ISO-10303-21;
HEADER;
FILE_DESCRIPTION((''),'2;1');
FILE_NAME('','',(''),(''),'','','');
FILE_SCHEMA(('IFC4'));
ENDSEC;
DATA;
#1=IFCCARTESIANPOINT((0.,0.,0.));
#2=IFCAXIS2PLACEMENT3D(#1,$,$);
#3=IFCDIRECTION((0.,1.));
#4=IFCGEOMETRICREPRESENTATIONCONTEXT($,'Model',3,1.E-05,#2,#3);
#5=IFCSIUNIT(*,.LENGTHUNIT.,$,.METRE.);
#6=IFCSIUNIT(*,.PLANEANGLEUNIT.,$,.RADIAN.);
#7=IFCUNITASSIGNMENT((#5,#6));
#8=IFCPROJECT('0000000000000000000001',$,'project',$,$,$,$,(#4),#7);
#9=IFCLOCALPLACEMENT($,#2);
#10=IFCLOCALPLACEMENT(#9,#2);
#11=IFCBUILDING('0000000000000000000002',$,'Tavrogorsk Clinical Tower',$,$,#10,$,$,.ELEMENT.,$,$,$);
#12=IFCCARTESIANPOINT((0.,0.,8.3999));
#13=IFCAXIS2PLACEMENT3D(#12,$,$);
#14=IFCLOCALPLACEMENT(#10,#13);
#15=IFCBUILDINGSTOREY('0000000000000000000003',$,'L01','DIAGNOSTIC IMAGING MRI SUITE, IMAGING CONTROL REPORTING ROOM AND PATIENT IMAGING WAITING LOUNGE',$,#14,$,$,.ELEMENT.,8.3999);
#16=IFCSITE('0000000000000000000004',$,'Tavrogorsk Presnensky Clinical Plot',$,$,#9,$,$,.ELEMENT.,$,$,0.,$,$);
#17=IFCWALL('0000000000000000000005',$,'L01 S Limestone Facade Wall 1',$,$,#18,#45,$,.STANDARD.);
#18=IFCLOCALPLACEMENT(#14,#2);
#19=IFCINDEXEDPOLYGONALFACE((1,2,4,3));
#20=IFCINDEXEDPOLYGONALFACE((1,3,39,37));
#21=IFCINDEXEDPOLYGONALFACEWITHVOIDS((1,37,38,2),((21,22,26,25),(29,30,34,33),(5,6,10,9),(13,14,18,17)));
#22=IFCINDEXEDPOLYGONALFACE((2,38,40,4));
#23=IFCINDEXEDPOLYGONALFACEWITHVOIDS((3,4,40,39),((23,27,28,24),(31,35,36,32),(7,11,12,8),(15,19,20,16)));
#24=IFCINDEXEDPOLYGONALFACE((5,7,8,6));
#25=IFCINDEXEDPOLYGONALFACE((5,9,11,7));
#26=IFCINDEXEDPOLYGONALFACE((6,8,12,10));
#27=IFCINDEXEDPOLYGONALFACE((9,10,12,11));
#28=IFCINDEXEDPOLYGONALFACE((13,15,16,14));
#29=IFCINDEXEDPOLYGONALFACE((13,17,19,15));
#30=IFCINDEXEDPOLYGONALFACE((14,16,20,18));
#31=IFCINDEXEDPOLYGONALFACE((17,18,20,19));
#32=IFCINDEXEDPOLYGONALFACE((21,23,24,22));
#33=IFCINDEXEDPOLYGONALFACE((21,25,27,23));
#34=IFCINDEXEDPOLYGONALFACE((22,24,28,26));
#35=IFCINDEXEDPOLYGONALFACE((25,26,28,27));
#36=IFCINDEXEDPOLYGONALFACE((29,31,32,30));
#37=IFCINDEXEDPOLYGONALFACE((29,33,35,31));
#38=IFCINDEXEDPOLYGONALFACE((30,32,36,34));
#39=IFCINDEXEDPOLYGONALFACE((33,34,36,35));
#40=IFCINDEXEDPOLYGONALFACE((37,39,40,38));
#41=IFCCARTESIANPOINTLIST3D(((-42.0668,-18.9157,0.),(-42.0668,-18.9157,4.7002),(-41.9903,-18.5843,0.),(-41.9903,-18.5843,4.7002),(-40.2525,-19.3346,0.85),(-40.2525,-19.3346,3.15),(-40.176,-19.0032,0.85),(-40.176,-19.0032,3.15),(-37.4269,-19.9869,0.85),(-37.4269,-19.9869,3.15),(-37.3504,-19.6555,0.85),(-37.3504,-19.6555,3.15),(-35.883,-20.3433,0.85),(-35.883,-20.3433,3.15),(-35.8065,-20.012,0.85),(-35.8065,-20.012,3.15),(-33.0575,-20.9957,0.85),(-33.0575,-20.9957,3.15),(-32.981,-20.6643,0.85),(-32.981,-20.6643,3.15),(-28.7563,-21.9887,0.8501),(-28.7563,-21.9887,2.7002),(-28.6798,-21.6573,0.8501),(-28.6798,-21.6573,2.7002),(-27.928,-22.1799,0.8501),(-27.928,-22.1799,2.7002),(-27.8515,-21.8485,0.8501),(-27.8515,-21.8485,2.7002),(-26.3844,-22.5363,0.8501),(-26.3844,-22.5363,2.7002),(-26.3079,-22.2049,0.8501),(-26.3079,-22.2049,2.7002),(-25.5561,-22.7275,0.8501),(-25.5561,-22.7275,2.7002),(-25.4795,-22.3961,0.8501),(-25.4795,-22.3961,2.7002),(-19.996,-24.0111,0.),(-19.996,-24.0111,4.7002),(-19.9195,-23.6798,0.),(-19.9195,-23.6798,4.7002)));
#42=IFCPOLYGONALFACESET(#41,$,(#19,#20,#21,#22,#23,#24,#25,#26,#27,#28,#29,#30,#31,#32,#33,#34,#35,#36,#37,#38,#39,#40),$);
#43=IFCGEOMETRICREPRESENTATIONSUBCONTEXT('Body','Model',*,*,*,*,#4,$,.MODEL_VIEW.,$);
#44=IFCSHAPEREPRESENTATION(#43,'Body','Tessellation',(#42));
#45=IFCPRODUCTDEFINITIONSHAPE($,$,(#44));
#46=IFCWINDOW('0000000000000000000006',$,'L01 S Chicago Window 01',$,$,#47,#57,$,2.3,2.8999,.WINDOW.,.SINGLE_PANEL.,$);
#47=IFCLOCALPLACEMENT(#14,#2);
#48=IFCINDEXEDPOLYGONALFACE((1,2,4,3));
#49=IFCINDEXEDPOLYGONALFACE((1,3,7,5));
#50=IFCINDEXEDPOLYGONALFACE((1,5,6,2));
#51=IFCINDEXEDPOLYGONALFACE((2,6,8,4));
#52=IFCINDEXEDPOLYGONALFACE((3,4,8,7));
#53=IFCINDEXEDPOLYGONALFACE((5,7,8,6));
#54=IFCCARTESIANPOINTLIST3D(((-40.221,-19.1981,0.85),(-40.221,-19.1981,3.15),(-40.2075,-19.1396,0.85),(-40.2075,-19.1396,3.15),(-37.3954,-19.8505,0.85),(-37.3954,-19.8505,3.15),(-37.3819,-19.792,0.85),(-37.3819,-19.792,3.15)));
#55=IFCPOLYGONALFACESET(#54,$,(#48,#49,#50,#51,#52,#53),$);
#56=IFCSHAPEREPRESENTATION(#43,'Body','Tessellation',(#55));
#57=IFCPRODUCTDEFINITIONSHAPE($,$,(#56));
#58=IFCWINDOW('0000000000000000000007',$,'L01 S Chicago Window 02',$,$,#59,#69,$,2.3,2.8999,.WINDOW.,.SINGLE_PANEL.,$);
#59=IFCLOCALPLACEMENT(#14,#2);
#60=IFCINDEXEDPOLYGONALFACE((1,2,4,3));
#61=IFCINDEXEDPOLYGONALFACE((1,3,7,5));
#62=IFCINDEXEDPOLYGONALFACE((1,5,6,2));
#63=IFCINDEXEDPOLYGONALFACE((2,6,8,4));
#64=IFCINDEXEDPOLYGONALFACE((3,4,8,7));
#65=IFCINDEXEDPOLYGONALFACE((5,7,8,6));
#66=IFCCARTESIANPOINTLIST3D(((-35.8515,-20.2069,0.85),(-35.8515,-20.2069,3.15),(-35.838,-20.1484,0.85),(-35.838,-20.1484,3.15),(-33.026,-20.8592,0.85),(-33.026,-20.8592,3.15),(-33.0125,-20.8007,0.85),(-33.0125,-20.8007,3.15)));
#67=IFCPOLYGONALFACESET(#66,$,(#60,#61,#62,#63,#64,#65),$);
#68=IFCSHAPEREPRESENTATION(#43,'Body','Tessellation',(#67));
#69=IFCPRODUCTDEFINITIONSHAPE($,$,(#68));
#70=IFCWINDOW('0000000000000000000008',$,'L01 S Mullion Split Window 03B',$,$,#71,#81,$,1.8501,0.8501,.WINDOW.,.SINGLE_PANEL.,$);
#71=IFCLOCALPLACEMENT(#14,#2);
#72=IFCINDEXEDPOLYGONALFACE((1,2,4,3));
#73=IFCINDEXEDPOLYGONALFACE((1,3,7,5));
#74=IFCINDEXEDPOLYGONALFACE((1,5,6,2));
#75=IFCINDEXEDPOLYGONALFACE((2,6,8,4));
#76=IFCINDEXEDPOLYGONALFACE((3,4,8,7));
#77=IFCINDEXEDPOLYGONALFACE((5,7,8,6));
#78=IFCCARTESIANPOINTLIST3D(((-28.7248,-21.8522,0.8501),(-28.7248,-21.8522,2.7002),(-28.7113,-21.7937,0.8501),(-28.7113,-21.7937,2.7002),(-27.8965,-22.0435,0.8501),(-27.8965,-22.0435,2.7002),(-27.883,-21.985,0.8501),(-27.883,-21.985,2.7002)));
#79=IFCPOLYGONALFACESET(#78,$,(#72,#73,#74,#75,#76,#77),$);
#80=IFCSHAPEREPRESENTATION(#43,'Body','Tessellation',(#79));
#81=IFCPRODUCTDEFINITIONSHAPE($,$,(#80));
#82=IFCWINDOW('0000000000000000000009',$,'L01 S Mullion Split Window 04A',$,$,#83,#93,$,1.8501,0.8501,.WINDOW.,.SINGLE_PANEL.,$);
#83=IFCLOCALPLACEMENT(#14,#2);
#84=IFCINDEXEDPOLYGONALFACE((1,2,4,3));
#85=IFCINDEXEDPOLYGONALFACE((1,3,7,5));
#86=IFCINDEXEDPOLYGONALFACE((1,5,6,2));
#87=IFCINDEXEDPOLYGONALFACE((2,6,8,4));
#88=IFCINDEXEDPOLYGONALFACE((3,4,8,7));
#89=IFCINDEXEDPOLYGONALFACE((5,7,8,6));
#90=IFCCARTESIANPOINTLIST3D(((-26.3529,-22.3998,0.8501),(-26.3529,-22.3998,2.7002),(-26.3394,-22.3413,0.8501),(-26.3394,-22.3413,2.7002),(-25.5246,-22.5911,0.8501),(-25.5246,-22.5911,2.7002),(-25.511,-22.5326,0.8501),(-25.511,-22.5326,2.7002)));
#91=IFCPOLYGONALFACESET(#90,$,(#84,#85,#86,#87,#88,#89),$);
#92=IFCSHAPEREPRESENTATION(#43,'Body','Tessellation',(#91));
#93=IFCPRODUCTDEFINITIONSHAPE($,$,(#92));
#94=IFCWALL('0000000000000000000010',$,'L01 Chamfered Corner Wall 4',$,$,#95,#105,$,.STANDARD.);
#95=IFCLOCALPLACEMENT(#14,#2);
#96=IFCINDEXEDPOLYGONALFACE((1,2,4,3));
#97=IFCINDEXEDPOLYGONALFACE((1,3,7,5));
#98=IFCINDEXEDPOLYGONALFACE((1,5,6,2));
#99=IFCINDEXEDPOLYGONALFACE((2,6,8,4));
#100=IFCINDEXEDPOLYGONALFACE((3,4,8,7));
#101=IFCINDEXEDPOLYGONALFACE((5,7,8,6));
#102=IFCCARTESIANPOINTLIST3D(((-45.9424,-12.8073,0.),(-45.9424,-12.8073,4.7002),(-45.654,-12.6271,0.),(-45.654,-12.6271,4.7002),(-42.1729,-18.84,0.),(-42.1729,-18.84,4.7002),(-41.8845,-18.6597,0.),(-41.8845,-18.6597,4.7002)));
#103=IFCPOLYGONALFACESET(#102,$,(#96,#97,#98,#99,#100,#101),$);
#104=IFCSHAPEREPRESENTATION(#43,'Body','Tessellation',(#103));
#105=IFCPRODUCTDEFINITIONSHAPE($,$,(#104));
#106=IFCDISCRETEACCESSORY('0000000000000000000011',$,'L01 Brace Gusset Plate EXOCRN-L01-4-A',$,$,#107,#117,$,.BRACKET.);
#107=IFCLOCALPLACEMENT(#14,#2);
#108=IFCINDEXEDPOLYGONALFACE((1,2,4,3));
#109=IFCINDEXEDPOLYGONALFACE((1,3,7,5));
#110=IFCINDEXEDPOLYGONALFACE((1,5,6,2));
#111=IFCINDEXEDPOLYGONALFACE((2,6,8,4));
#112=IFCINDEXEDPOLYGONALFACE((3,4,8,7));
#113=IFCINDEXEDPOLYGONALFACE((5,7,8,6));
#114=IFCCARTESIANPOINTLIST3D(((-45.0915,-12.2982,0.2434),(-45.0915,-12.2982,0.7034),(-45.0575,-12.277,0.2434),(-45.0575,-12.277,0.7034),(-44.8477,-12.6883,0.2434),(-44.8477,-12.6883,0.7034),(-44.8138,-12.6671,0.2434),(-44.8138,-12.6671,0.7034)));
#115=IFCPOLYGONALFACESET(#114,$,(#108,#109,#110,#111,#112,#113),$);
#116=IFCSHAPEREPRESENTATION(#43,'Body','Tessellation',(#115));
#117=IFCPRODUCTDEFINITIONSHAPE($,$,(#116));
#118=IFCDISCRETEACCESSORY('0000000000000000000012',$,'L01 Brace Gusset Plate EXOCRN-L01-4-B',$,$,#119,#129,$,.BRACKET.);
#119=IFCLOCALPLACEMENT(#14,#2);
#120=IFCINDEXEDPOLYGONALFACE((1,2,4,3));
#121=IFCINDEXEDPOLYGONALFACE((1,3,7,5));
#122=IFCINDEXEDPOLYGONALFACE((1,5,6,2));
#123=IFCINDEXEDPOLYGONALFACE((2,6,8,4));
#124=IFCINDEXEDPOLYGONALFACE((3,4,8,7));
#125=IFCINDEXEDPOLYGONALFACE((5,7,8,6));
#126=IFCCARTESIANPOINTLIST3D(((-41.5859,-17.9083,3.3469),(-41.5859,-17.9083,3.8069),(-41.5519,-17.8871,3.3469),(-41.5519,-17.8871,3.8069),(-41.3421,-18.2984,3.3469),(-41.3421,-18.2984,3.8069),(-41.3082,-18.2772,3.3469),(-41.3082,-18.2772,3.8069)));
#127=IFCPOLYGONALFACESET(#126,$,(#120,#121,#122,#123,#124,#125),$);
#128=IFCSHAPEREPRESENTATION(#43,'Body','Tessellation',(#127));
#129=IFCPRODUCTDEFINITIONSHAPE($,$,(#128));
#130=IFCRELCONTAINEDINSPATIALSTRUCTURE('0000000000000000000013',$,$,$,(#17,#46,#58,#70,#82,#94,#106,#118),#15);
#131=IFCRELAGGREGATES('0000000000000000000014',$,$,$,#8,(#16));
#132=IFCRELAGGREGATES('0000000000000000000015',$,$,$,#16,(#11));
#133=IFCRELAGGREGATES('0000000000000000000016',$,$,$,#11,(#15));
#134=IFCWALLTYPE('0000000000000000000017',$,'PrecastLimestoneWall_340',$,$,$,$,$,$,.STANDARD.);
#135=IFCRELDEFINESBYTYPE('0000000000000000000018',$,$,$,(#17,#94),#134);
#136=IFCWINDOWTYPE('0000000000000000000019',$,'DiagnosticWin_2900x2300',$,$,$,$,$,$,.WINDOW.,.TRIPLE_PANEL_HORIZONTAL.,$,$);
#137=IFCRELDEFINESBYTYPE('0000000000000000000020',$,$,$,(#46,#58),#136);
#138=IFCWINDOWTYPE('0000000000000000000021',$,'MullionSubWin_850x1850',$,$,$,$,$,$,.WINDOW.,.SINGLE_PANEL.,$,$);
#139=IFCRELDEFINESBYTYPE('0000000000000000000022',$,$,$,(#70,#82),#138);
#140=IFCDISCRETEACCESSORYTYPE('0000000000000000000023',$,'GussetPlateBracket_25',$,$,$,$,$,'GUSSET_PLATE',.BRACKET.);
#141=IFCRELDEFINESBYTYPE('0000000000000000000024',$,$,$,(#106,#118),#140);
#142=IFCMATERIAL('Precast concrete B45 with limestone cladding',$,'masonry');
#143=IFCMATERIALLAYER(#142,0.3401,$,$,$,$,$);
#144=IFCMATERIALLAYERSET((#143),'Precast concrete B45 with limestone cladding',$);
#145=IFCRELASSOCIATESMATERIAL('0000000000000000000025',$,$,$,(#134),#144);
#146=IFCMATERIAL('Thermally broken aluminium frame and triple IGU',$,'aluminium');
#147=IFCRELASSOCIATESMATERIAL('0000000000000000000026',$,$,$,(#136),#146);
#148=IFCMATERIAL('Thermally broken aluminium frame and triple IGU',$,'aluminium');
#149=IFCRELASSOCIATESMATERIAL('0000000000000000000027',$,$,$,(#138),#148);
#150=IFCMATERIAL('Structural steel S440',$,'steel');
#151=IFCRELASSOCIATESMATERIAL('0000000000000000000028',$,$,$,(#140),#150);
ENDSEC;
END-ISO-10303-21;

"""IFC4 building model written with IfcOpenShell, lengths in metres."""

from ifc_helpers import new_model, si_unit, direction, frame, frame_2d, origin, origin_2d, place, context, subcontext, project, spatial, rectangle, extrude, material, layer, layer_set, type_object, element, fill, save


model = new_model("IFC4")

# Units and contexts
model_context = context("Model", 3, precision=1e-05, world=origin(), true_north=direction((0.0, 1.0)))
body_context = subcontext(model_context, "Body", "Model", "MODEL_VIEW")
ifc_project = project(units=[si_unit("LENGTHUNIT", "METRE"), si_unit("PLANEANGLEUNIT", "RADIAN")], contexts=[model_context])

# Site, building, storey
site_placement = place(None, origin())
site = spatial("IfcSite", under=ifc_project, at=site_placement, Name="Tavrogorsk Presnensky Clinical Plot", CompositionType="ELEMENT", RefElevation=0.0)
building_placement = place(site_placement, origin())
building = spatial("IfcBuilding", under=site, at=building_placement, Name="Tavrogorsk Clinical Tower", CompositionType="ELEMENT")
storey_placement = place(building_placement, frame((0.0, 0.0, 8.3999)))
storey = spatial("IfcBuildingStorey", under=building, at=storey_placement, Name="L01", Description="DIAGNOSTIC IMAGING MRI SUITE, IMAGING CONTROL REPORTING ROOM AND PATIENT IMAGING WAITING LOUNGE", CompositionType="ELEMENT", Elevation=8.3999)

# Wall, openings, windows
ifc_material_1 = material(Name="Precast concrete B45 with limestone cladding", Category="masonry")
ifc_layer_1 = layer(ifc_material_1, 0.3401)
ifc_layer_set_1 = layer_set([ifc_layer_1], Name="Precast concrete B45 with limestone cladding")
wall_type_1 = type_object("IfcWallType", Name="PrecastLimestoneWall_340", PredefinedType="STANDARD", material=ifc_layer_set_1)
wall_1_placement = place(storey_placement, frame((-42.0286, -18.75, 0.0), z_axis=(0.0, 0.0, 1.0), x_axis=(0.97437, -0.224952, 0.0)))
wall_1 = element("IfcWall", 1, at=wall_1_placement, inside=storey, type_object=wall_type_1, Name="L01 S Limestone Facade Wall 1", PredefinedType="STANDARD", context=body_context, shape_type="SweptSolid", body=[
    extrude(rectangle(XDim=22.6514, YDim=0.3401, at=frame_2d((11.3257, 0.0))), origin(), (0.0, 0.0, 1.0), 4.7002),
])
opening_1_placement = place(wall_1_placement, frame((1.8621, 0.0, 0.8501)))
opening_1 = element("IfcOpeningElement", 2, at=opening_1_placement, cuts=wall_1, PredefinedType="OPENING", context=body_context, shape_type="SweptSolid", body=[
    extrude(rectangle(XDim=2.8999, YDim=2.3, at=frame_2d((1.45, 1.1499))), frame((0.0, 0.1799, 0.0), z_axis=(0.0, -1.0, 0.0), x_axis=(1.0, 0.0, 0.0)), (0.0, 0.0, 1.0), 0.3601),
])
opening_2_placement = place(wall_1_placement, frame((6.3464, 0.0, 0.8501)))
opening_2 = element("IfcOpeningElement", 3, at=opening_2_placement, cuts=wall_1, PredefinedType="OPENING", context=body_context, shape_type="SweptSolid", body=[
    extrude(rectangle(XDim=2.8999, YDim=2.3, at=frame_2d((1.45, 1.1499))), frame((0.0, 0.1799, 0.0), z_axis=(0.0, -1.0, 0.0), x_axis=(1.0, 0.0, 0.0)), (0.0, 0.0, 1.0), 0.3601),
])
opening_3_placement = place(wall_1_placement, frame((13.6606, 0.0, 0.8501)))
opening_3 = element("IfcOpeningElement", 4, at=opening_3_placement, cuts=wall_1, PredefinedType="OPENING", context=body_context, shape_type="SweptSolid", body=[
    extrude(rectangle(XDim=0.8501, YDim=1.8501, at=frame_2d((0.425, 0.925))), frame((0.0, 0.1799, 0.0), z_axis=(0.0, -1.0, 0.0), x_axis=(1.0, 0.0, 0.0)), (0.0, 0.0, 1.0), 0.3601),
])
opening_4_placement = place(wall_1_placement, frame((16.095, 0.0, 0.8501)))
opening_4 = element("IfcOpeningElement", 5, at=opening_4_placement, cuts=wall_1, PredefinedType="OPENING", context=body_context, shape_type="SweptSolid", body=[
    extrude(rectangle(XDim=0.8501, YDim=1.8501, at=frame_2d((0.425, 0.925))), frame((0.0, 0.1799, 0.0), z_axis=(0.0, -1.0, 0.0), x_axis=(1.0, 0.0, 0.0)), (0.0, 0.0, 1.0), 0.3601),
])
ifc_material_2 = material(Name="Thermally broken aluminium frame and triple IGU", Category="aluminium")
window_type_1 = type_object("IfcWindowType", Name="DiagnosticWin_2900x2300", PartitioningType="TRIPLE_PANEL_HORIZONTAL", PredefinedType="WINDOW", material=ifc_material_2)
window_1_placement = place(opening_1_placement, origin())
window_1 = element("IfcWindow", 6, at=window_1_placement, inside=storey, type_object=window_type_1, Name="L01 S Chicago Window 01", OverallHeight=2.3, OverallWidth=2.8999, PartitioningType="SINGLE_PANEL", PredefinedType="WINDOW", context=body_context, shape_type="SweptSolid", body=[
    extrude(rectangle(XDim=2.8999, YDim=2.3, at=frame_2d((1.45, 1.1499))), frame((0.0, 0.03, 0.0), z_axis=(0.0, -1.0, 0.0), x_axis=(1.0, 0.0, 0.0)), (0.0, 0.0, 1.0), 0.0601),
])
fill(opening_1, window_1)
window_2_placement = place(opening_2_placement, origin())
window_2 = element("IfcWindow", 7, at=window_2_placement, inside=storey, type_object=window_type_1, Name="L01 S Chicago Window 02", OverallHeight=2.3, OverallWidth=2.8999, PartitioningType="SINGLE_PANEL", PredefinedType="WINDOW", context=body_context, shape_type="SweptSolid", body=[
    extrude(rectangle(XDim=2.8999, YDim=2.3, at=frame_2d((1.45, 1.1499))), frame((0.0, 0.03, 0.0), z_axis=(0.0, -1.0, 0.0), x_axis=(1.0, 0.0, 0.0)), (0.0, 0.0, 1.0), 0.0601),
])
fill(opening_2, window_2)
ifc_material_3 = material(Name="Thermally broken aluminium frame and triple IGU", Category="aluminium")
window_type_2 = type_object("IfcWindowType", Name="MullionSubWin_850x1850", PartitioningType="SINGLE_PANEL", PredefinedType="WINDOW", material=ifc_material_3)
window_3_placement = place(opening_3_placement, origin())
window_3 = element("IfcWindow", 8, at=window_3_placement, inside=storey, type_object=window_type_2, Name="L01 S Mullion Split Window 03B", OverallHeight=1.8501, OverallWidth=0.8501, PartitioningType="SINGLE_PANEL", PredefinedType="WINDOW", context=body_context, shape_type="SweptSolid", body=[
    extrude(rectangle(XDim=0.8501, YDim=1.8501, at=frame_2d((0.425, 0.925))), frame((0.0, 0.03, 0.0), z_axis=(0.0, -1.0, 0.0), x_axis=(1.0, 0.0, 0.0)), (0.0, 0.0, 1.0), 0.0601),
])
fill(opening_3, window_3)
window_4_placement = place(opening_4_placement, origin())
window_4 = element("IfcWindow", 9, at=window_4_placement, inside=storey, type_object=window_type_2, Name="L01 S Mullion Split Window 04A", OverallHeight=1.8501, OverallWidth=0.8501, PartitioningType="SINGLE_PANEL", PredefinedType="WINDOW", context=body_context, shape_type="SweptSolid", body=[
    extrude(rectangle(XDim=0.8501, YDim=1.8501, at=frame_2d((0.425, 0.925))), frame((0.0, 0.03, 0.0), z_axis=(0.0, -1.0, 0.0), x_axis=(1.0, 0.0, 0.0)), (0.0, 0.0, 1.0), 0.0601),
])
fill(opening_4, window_4)

# Wall
wall_2_placement = place(storey_placement, frame((-45.7981, -12.7173, 0.0), z_axis=(0.0, 0.0, 1.0), x_axis=(0.529906, -0.848056, 0.0)))
element("IfcWall", 10, at=wall_2_placement, inside=storey, type_object=wall_type_1, Name="L01 Chamfered Corner Wall 4", PredefinedType="STANDARD", context=body_context, shape_type="SweptSolid", body=[
    extrude(rectangle(XDim=7.1135, YDim=0.3401, at=frame_2d((3.5566, 0.0))), origin(), (0.0, 0.0, 1.0), 4.7002),
])

# Discrete accessories
ifc_material_4 = material(Name="Structural steel S440", Category="steel")
discrete_accessory_type = type_object("IfcDiscreteAccessoryType", Name="GussetPlateBracket_25", ElementType="GUSSET_PLATE", PredefinedType="BRACKET", material=ifc_material_4)
for number, where, z_axis, x_axis, name in (
    (11, (-44.9526, -12.4827, 0.2434), (0.0, 0.0, 1.0), (0.529919, -0.848048, 0.0), "L01 Brace Gusset Plate EXOCRN-L01-4-A"),
    (12, (-41.447, -18.0928, 3.3469), (0.0, 0.0, 1.0), (0.529919, -0.848048, 0.0), "L01 Brace Gusset Plate EXOCRN-L01-4-B"),
):
    element("IfcDiscreteAccessory", number, at=place(storey_placement, frame(where, z_axis=z_axis, x_axis=x_axis)), inside=storey, type_object=discrete_accessory_type, Name=name, PredefinedType="BRACKET", context=body_context, shape_type="SweptSolid", body=[
        extrude(rectangle(XDim=0.46, YDim=0.04, at=origin_2d()), origin(), (0.0, 0.0, 1.0), 0.46),
    ])

save(model, "model.ifc")
